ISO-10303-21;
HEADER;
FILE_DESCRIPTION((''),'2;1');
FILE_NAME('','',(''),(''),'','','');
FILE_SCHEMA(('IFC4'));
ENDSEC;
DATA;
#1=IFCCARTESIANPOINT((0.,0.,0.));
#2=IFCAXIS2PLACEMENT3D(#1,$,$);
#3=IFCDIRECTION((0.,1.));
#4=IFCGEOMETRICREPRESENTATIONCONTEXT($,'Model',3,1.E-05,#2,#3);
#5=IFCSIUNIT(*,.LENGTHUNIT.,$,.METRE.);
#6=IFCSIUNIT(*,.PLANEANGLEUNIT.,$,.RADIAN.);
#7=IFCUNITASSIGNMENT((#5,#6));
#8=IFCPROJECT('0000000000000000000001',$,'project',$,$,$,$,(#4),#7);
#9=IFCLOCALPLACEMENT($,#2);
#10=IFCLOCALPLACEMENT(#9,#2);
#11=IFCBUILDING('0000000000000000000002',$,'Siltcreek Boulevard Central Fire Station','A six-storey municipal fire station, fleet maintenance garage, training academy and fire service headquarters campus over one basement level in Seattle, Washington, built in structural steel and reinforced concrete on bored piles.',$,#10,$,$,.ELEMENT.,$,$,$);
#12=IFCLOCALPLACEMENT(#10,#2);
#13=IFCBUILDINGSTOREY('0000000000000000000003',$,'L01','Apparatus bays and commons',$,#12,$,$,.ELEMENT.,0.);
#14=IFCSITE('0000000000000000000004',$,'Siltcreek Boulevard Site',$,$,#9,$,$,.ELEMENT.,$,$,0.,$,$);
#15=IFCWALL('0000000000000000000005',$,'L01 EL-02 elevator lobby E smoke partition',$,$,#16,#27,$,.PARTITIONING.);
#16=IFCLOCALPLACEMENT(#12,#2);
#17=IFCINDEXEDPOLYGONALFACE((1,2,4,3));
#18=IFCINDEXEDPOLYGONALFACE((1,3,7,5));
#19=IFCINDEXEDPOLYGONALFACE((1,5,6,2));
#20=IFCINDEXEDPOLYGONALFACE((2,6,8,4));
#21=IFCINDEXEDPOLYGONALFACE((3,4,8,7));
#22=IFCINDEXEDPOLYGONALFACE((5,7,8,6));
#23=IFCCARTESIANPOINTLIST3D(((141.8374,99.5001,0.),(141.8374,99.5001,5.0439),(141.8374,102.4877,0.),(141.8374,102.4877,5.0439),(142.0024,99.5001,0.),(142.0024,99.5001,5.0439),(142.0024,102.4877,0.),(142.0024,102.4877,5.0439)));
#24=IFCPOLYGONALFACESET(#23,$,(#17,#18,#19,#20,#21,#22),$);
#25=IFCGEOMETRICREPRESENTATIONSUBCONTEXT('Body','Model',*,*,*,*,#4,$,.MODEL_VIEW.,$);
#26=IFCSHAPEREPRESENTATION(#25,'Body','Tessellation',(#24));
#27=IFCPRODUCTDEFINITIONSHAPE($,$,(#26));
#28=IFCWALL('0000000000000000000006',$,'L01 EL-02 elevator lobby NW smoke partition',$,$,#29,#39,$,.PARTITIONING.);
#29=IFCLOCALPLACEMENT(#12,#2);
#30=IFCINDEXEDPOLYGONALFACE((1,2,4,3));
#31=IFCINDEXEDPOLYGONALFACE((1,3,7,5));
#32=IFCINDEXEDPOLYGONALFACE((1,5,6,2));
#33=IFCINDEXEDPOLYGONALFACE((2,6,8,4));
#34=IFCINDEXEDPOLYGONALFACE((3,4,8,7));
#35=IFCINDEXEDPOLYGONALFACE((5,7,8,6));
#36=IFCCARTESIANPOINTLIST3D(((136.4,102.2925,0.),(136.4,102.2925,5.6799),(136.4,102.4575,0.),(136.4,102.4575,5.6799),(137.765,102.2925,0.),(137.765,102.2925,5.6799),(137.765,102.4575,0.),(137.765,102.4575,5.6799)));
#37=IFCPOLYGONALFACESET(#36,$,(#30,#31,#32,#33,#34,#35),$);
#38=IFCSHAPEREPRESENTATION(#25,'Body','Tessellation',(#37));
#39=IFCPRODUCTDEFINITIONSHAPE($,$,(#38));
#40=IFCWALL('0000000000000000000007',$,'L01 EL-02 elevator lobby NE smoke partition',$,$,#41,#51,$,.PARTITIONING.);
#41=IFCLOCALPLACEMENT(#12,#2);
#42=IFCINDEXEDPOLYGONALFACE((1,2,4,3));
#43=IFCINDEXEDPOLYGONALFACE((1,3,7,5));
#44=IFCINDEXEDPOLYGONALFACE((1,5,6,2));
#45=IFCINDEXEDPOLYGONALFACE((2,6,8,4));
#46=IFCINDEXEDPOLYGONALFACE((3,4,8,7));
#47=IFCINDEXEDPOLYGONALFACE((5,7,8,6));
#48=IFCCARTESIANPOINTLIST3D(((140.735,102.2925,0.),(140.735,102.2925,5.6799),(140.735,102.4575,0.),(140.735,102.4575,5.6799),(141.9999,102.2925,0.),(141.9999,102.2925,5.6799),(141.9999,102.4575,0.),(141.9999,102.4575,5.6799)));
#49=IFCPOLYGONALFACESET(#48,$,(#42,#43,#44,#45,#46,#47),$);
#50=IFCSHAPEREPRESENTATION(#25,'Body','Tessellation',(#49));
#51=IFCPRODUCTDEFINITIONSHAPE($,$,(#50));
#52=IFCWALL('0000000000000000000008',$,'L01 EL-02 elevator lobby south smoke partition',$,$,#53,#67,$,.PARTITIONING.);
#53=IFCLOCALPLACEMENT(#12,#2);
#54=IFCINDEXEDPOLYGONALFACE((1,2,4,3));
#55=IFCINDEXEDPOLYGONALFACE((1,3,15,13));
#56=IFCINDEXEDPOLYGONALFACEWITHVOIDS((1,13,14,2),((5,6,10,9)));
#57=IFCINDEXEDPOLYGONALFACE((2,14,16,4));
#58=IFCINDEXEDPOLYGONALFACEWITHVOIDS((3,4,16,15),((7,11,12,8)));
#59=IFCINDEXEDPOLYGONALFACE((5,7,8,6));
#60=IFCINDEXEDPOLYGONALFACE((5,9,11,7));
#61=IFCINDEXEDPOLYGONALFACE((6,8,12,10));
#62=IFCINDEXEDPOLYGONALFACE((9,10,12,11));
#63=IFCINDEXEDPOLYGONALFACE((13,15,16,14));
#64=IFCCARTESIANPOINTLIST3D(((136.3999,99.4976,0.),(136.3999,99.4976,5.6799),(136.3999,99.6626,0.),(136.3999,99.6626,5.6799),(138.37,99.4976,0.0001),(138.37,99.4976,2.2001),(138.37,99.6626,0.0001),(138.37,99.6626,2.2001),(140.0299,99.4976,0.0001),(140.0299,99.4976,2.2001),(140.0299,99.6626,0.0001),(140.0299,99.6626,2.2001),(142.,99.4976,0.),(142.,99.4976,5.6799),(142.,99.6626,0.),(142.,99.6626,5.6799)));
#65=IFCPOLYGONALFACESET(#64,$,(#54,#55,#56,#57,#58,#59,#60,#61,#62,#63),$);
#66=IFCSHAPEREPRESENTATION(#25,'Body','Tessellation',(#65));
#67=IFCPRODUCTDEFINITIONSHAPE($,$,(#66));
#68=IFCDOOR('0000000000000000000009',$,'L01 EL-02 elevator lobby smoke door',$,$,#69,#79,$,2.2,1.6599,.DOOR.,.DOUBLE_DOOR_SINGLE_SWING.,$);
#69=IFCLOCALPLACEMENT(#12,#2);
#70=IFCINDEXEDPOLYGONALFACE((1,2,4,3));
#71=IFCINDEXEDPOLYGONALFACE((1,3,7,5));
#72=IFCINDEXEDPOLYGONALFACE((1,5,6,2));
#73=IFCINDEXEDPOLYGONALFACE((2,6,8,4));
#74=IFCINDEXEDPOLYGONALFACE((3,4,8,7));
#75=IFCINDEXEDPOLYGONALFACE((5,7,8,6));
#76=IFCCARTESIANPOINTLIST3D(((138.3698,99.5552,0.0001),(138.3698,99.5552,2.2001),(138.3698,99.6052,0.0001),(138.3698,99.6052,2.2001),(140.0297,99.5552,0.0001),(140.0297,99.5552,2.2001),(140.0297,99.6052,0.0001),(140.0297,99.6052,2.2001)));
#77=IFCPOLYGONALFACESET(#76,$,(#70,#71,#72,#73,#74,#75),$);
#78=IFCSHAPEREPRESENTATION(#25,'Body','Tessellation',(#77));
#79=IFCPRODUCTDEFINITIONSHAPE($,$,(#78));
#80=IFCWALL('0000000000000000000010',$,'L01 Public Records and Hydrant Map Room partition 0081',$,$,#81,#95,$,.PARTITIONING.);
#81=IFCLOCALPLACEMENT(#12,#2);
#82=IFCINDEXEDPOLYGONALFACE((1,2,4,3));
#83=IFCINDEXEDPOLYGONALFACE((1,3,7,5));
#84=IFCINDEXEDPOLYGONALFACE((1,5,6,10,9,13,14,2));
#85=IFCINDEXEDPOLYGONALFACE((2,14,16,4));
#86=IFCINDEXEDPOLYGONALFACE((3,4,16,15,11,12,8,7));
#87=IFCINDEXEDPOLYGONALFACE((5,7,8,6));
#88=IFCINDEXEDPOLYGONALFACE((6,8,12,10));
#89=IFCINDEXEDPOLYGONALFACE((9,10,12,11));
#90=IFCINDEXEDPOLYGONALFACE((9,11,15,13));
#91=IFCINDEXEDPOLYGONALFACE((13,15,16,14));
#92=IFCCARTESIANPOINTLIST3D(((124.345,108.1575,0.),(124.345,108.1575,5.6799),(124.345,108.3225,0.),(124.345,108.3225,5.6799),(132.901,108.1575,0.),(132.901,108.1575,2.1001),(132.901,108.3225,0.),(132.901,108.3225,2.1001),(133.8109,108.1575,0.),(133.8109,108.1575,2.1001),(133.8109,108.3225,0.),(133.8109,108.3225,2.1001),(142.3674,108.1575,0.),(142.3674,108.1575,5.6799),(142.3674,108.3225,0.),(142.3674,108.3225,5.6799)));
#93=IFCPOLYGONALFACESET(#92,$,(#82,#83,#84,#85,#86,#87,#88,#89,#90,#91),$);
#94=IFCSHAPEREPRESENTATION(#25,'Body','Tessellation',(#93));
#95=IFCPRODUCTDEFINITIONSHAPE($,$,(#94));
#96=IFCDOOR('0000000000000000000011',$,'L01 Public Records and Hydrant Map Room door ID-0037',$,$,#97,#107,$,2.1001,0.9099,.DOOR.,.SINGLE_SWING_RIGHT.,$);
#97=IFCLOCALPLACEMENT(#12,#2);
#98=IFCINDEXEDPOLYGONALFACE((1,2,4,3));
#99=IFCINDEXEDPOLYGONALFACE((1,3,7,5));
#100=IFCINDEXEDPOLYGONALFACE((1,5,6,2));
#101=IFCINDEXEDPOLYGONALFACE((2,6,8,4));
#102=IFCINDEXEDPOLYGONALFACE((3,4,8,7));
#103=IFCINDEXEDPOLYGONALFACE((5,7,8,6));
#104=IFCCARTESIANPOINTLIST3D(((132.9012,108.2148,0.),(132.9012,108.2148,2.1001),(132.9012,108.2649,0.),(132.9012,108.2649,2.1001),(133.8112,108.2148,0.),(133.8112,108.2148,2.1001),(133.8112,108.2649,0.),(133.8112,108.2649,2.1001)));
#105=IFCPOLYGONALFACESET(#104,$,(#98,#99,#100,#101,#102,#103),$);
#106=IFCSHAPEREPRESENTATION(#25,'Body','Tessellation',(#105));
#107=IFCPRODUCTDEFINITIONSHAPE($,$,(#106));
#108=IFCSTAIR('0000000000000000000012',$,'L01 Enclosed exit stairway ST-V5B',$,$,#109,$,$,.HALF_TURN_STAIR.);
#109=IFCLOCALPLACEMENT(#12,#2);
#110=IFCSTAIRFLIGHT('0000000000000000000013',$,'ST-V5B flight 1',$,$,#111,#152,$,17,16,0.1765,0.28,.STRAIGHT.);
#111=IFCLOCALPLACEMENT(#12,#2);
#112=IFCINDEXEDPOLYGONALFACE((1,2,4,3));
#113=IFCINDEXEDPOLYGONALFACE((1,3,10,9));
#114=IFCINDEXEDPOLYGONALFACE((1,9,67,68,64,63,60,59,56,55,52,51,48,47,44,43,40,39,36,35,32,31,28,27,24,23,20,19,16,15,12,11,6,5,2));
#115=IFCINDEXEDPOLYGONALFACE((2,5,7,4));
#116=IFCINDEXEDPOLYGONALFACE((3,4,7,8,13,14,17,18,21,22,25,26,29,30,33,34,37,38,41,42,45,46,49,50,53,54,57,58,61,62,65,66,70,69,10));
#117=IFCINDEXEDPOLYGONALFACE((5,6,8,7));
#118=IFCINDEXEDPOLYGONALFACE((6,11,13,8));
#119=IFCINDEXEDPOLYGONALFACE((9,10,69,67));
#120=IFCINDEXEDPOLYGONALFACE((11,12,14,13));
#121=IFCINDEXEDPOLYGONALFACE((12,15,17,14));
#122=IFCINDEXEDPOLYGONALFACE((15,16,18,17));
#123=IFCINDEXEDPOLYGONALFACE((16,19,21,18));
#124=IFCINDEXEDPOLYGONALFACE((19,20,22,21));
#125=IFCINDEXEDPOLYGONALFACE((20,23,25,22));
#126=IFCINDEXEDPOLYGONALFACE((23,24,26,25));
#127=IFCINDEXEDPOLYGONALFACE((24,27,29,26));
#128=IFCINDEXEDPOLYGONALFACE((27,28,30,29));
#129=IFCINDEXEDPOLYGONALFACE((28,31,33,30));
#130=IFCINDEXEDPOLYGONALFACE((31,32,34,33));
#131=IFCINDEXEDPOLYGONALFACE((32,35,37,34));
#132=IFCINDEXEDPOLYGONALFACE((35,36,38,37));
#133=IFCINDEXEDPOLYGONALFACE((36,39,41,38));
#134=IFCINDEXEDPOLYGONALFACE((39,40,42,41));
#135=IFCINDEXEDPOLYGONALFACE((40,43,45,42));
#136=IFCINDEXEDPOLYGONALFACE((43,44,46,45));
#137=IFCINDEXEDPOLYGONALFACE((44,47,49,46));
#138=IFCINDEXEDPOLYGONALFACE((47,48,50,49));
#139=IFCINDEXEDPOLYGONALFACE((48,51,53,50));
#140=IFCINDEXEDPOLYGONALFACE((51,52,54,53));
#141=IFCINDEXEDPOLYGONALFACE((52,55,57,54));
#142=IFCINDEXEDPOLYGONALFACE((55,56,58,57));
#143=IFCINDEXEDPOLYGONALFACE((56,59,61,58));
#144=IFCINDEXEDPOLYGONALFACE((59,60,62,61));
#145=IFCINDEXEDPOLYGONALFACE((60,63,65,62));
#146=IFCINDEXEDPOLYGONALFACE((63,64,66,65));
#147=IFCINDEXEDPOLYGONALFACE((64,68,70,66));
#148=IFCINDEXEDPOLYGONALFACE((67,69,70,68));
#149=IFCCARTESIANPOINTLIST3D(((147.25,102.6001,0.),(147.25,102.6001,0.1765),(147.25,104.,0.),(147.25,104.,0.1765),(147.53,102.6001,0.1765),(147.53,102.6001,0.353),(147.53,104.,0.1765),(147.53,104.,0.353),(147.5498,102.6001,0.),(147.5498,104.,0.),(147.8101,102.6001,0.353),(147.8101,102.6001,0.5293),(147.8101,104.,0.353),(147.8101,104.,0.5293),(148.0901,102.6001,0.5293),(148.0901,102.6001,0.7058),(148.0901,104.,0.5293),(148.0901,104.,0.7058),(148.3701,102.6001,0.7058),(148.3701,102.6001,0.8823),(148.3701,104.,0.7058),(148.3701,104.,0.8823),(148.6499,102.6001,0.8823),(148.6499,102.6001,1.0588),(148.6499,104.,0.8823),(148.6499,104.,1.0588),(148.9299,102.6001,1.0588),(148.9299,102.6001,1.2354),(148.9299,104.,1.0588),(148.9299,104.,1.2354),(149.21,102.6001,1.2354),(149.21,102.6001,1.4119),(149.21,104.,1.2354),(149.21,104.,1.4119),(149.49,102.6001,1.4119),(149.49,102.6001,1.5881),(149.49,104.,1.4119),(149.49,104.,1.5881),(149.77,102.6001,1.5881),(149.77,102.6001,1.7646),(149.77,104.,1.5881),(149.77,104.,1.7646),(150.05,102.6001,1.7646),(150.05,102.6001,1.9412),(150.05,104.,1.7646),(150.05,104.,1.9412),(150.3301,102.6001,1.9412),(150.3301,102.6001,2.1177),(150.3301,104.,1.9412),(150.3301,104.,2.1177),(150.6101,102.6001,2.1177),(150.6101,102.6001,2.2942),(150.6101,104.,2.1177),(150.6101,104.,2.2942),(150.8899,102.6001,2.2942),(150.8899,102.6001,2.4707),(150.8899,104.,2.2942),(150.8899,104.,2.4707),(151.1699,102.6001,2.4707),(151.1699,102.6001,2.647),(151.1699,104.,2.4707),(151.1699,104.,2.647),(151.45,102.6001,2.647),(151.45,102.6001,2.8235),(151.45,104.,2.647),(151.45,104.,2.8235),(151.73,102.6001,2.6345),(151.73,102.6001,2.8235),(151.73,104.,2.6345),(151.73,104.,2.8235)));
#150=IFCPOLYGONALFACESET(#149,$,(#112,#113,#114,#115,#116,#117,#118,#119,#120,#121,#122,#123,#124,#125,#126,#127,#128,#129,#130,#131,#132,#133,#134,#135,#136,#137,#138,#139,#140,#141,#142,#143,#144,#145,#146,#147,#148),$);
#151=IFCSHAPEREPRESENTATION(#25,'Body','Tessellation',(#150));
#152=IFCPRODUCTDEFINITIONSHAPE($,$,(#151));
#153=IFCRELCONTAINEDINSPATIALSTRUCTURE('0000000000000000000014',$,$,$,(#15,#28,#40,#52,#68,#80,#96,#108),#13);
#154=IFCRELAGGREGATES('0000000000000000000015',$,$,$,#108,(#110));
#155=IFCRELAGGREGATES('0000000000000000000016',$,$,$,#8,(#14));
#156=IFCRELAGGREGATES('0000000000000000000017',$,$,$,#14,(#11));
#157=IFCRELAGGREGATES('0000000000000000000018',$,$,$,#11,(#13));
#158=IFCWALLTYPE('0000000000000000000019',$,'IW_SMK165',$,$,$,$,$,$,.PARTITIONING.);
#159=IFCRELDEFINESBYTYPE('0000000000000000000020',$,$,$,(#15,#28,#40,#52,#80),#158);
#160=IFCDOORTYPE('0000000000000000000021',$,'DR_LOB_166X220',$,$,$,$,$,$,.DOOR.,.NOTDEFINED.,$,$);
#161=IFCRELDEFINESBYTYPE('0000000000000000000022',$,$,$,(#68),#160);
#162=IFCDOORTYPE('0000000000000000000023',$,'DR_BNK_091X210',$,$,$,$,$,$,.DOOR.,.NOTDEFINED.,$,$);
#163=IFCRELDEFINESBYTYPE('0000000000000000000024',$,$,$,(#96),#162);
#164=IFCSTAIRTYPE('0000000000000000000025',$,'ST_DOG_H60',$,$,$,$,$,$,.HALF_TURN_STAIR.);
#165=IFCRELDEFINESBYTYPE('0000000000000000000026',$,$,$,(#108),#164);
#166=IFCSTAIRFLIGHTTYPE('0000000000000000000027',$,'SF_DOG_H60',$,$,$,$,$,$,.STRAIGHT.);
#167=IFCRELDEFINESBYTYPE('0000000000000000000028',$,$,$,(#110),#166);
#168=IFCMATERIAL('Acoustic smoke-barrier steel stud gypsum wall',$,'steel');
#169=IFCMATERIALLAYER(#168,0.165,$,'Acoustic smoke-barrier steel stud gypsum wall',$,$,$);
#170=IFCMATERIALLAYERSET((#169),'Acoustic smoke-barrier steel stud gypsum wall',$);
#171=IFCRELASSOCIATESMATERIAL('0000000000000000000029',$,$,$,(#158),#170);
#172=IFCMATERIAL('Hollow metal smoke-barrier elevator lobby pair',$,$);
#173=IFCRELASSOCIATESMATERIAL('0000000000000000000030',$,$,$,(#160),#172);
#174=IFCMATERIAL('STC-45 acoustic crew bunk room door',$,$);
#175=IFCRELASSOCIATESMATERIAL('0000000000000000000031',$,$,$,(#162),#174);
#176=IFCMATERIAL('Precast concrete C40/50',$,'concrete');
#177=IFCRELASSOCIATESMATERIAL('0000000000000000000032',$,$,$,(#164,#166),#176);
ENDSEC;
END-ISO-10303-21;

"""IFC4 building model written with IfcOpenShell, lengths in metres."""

from ifc_helpers import new_model, si_unit, direction, frame, frame_2d, origin, place, context, subcontext, project, spatial, polyline, rectangle, outline, extrude, material, layer, layer_set, type_object, element, fill, aggregate, save


model = new_model("IFC4")

# Units and contexts
model_context = context("Model", 3, precision=1e-05, world=origin(), true_north=direction((0.0, 1.0)))
body_context = subcontext(model_context, "Body", "Model", "MODEL_VIEW")
ifc_project = project(units=[si_unit("LENGTHUNIT", "METRE"), si_unit("PLANEANGLEUNIT", "RADIAN")], contexts=[model_context])

# Site, building, storey
site_placement = place(None, origin())
site = spatial("IfcSite", under=ifc_project, at=site_placement, Name="Siltcreek Boulevard Site", CompositionType="ELEMENT", RefElevation=0.0)
building_placement = place(site_placement, origin())
building = spatial("IfcBuilding", under=site, at=building_placement, Name="Siltcreek Boulevard Central Fire Station", Description="A six-storey municipal fire station, fleet maintenance garage, training academy and fire service headquarters campus over one basement level in Seattle, Washington, built in structural steel and reinforced concrete on bored piles.", CompositionType="ELEMENT")
storey_placement = place(building_placement, origin())
storey = spatial("IfcBuildingStorey", under=building, at=storey_placement, Name="L01", Description="Apparatus bays and commons", CompositionType="ELEMENT", Elevation=0.0)

# Walls
ifc_material_1 = material(Name="Acoustic smoke-barrier steel stud gypsum wall", Category="steel")
ifc_layer_1 = layer(ifc_material_1, 0.165, Name="Acoustic smoke-barrier steel stud gypsum wall")
ifc_layer_set_1 = layer_set([ifc_layer_1], Name="Acoustic smoke-barrier steel stud gypsum wall")
wall_type_1 = type_object("IfcWallType", Name="IW_SMK165", PredefinedType="PARTITIONING", material=ifc_layer_set_1)
wall_1_placement = place(storey_placement, frame((141.9199, 102.4875, 0.0), z_axis=(0.0, 0.0, 1.0), x_axis=(0.0, -1.0, 0.0)))
element("IfcWall", 1, at=wall_1_placement, inside=storey, type_object=wall_type_1, Name="L01 EL-02 elevator lobby E smoke partition", PredefinedType="PARTITIONING", context=body_context, shape_type="SweptSolid", body=[
    extrude(rectangle(XDim=2.9875, YDim=0.165, at=frame_2d((1.4937, 0.0))), origin(), (0.0, 0.0, 1.0), 5.0439),
])
wall_2_placement = place(storey_placement, frame((136.3999, 102.375, 0.0), z_axis=(0.0, 0.0, 1.0), x_axis=(1.0, 0.0, 0.0)))
element("IfcWall", 2, at=wall_2_placement, inside=storey, type_object=wall_type_1, Name="L01 EL-02 elevator lobby NW smoke partition", PredefinedType="PARTITIONING", context=body_context, shape_type="SweptSolid", body=[
    extrude(rectangle(XDim=1.365, YDim=0.165, at=frame_2d((0.6826, 0.0))), origin(), (0.0, 0.0, 1.0), 5.6799),
])
wall_3_placement = place(storey_placement, frame((140.7351, 102.375, 0.0), z_axis=(0.0, 0.0, 1.0), x_axis=(1.0, 0.0, 0.0)))
element("IfcWall", 3, at=wall_3_placement, inside=storey, type_object=wall_type_1, Name="L01 EL-02 elevator lobby NE smoke partition", PredefinedType="PARTITIONING", context=body_context, shape_type="SweptSolid", body=[
    extrude(rectangle(XDim=1.2649, YDim=0.165, at=frame_2d((0.6323, 0.0))), origin(), (0.0, 0.0, 1.0), 5.6799),
])

# Walls, openings, doors
wall_4_placement = place(storey_placement, frame((136.3999, 99.5801, 0.0), z_axis=(0.0, 0.0, 1.0), x_axis=(1.0, 0.0, 0.0)))
wall_4 = element("IfcWall", 4, at=wall_4_placement, inside=storey, type_object=wall_type_1, Name="L01 EL-02 elevator lobby south smoke partition", PredefinedType="PARTITIONING", context=body_context, shape_type="SweptSolid", body=[
    extrude(rectangle(XDim=5.6001, YDim=0.165, at=frame_2d((2.8, 0.0))), origin(), (0.0, 0.0, 1.0), 5.6799),
])
opening_1_placement = place(wall_4_placement, frame((1.97, 0.0, 0.0)))
opening_1 = element("IfcOpeningElement", 5, at=opening_1_placement, cuts=wall_4, PredefinedType="OPENING", context=body_context, shape_type="SweptSolid", body=[
    extrude(rectangle(XDim=1.6599, YDim=2.2, at=frame_2d((0.8301, 1.1001))), frame((0.0, 0.0925, 0.0), z_axis=(0.0, -1.0, 0.0), x_axis=(1.0, 0.0, 0.0)), (0.0, 0.0, 1.0), 0.1851),
])
ifc_material_2 = material(Name="Hollow metal smoke-barrier elevator lobby pair")
door_type_1 = type_object("IfcDoorType", Name="DR_LOB_166X220", OperationType="NOTDEFINED", PredefinedType="DOOR", material=ifc_material_2)
door_1_placement = place(opening_1_placement, frame((1.6599, 0.0, 0.0), z_axis=(0.0, 0.0, 1.0), x_axis=(-1.0, 0.0, 0.0)))
door_1 = element("IfcDoor", 6, at=door_1_placement, inside=storey, type_object=door_type_1, Name="L01 EL-02 elevator lobby smoke door", OperationType="DOUBLE_DOOR_SINGLE_SWING", OverallHeight=2.2, OverallWidth=1.6599, PredefinedType="DOOR", context=body_context, shape_type="SweptSolid", body=[
    extrude(rectangle(XDim=1.6599, YDim=2.2, at=frame_2d((0.8301, 1.1001))), frame((0.0, 0.0249, 0.0), z_axis=(0.0, -1.0, 0.0), x_axis=(1.0, 0.0, 0.0)), (0.0, 0.0, 1.0), 0.05),
])
fill(opening_1, door_1)
wall_5_placement = place(storey_placement, frame((142.3674, 108.24, 0.0), z_axis=(0.0, 0.0, 1.0), x_axis=(-1.0, 0.0, 0.0)))
wall_5 = element("IfcWall", 7, at=wall_5_placement, inside=storey, type_object=wall_type_1, Name="L01 Public Records and Hydrant Map Room partition 0081", PredefinedType="PARTITIONING", context=body_context, shape_type="SweptSolid", body=[
    extrude(rectangle(XDim=18.0225, YDim=0.165, at=frame_2d((9.0112, 0.0))), origin(), (0.0, 0.0, 1.0), 5.6799),
])
opening_2_placement = place(wall_5_placement, frame((8.5564, 0.0, 0.0)))
opening_2 = element("IfcOpeningElement", 8, at=opening_2_placement, cuts=wall_5, PredefinedType="OPENING", context=body_context, shape_type="SweptSolid", body=[
    extrude(rectangle(XDim=0.9099, YDim=2.1001, at=frame_2d((0.4551, 1.05))), frame((0.0, 0.0925, 0.0), z_axis=(0.0, -1.0, 0.0), x_axis=(1.0, 0.0, 0.0)), (0.0, 0.0, 1.0), 0.1851),
])
ifc_material_3 = material(Name="STC-45 acoustic crew bunk room door")
door_type_2 = type_object("IfcDoorType", Name="DR_BNK_091X210", OperationType="NOTDEFINED", PredefinedType="DOOR", material=ifc_material_3)
door_2_placement = place(opening_2_placement, frame((0.9099, 0.0, 0.0), z_axis=(0.0, 0.0, 1.0), x_axis=(-1.0, 0.0, 0.0)))
door_2 = element("IfcDoor", 9, at=door_2_placement, inside=storey, type_object=door_type_2, Name="L01 Public Records and Hydrant Map Room door ID-0037", OperationType="SINGLE_SWING_RIGHT", OverallHeight=2.1001, OverallWidth=0.9099, PredefinedType="DOOR", context=body_context, shape_type="SweptSolid", body=[
    extrude(rectangle(XDim=0.9099, YDim=2.1001, at=frame_2d((0.4551, 1.05))), frame((0.0, 0.0249, 0.0), z_axis=(0.0, -1.0, 0.0), x_axis=(1.0, 0.0, 0.0)), (0.0, 0.0, 1.0), 0.05),
])
fill(opening_2, door_2)

# Stair, stair flight
ifc_material_4 = material(Name="Precast concrete C40/50", Category="concrete")
stair_type = type_object("IfcStairType", Name="ST_DOG_H60", PredefinedType="HALF_TURN_STAIR", material=ifc_material_4)
stair_placement = place(storey_placement, origin())
stair = element("IfcStair", 10, at=stair_placement, inside=storey, type_object=stair_type, Name="L01 Enclosed exit stairway ST-V5B", PredefinedType="HALF_TURN_STAIR")
stair_flight_type = type_object("IfcStairFlightType", Name="SF_DOG_H60", PredefinedType="STRAIGHT", material=ifc_material_4)
stair_flight_placement = place(storey_placement, frame((147.25, 103.3, 0.0), z_axis=(0.0, 0.0, 1.0), x_axis=(1.0, 0.0, 0.0)))
stair_flight = element("IfcStairFlight", 11, at=stair_flight_placement, type_object=stair_flight_type, Name="ST-V5B flight 1", NumberOfRisers=17, NumberOfTreads=16, PredefinedType="STRAIGHT", RiserHeight=0.1765, TreadLength=0.28, context=body_context, shape_type="SweptSolid", body=[
    extrude(outline(polyline([(0.0, 0.0), (0.0, 0.1765), (0.28, 0.1765), (0.28, 0.353), (0.5601, 0.353), (0.5601, 0.5293), (0.8401, 0.5293), (0.8401, 0.7058), (1.1201, 0.7058), (1.1201, 0.8823), (1.3999, 0.8823), (1.3999, 1.0588), (1.6799, 1.0588), (1.6799, 1.2354), (1.96, 1.2354), (1.96, 1.4119), (2.24, 1.4119), (2.24, 1.5881), (2.52, 1.5881), (2.52, 1.7646), (2.8, 1.7646), (2.8, 1.9412), (3.0801, 1.9412), (3.0801, 2.1177), (3.3601, 2.1177), (3.3601, 2.2942), (3.6399, 2.2942), (3.6399, 2.4707), (3.9199, 2.4707), (3.9199, 2.647), (4.2, 2.647), (4.2, 2.8235), (4.48, 2.8235), (4.48, 3.0), (4.48, 2.6345), (0.2998, 0.0), (0.0, 0.0)])), frame((0.0, 0.7, 0.0), z_axis=(0.0, -1.0, 0.0), x_axis=(1.0, 0.0, 0.0)), (0.0, 0.0, 1.0), 1.3999),
])
aggregate(stair, [stair_flight])

save(model, "model.ifc")
